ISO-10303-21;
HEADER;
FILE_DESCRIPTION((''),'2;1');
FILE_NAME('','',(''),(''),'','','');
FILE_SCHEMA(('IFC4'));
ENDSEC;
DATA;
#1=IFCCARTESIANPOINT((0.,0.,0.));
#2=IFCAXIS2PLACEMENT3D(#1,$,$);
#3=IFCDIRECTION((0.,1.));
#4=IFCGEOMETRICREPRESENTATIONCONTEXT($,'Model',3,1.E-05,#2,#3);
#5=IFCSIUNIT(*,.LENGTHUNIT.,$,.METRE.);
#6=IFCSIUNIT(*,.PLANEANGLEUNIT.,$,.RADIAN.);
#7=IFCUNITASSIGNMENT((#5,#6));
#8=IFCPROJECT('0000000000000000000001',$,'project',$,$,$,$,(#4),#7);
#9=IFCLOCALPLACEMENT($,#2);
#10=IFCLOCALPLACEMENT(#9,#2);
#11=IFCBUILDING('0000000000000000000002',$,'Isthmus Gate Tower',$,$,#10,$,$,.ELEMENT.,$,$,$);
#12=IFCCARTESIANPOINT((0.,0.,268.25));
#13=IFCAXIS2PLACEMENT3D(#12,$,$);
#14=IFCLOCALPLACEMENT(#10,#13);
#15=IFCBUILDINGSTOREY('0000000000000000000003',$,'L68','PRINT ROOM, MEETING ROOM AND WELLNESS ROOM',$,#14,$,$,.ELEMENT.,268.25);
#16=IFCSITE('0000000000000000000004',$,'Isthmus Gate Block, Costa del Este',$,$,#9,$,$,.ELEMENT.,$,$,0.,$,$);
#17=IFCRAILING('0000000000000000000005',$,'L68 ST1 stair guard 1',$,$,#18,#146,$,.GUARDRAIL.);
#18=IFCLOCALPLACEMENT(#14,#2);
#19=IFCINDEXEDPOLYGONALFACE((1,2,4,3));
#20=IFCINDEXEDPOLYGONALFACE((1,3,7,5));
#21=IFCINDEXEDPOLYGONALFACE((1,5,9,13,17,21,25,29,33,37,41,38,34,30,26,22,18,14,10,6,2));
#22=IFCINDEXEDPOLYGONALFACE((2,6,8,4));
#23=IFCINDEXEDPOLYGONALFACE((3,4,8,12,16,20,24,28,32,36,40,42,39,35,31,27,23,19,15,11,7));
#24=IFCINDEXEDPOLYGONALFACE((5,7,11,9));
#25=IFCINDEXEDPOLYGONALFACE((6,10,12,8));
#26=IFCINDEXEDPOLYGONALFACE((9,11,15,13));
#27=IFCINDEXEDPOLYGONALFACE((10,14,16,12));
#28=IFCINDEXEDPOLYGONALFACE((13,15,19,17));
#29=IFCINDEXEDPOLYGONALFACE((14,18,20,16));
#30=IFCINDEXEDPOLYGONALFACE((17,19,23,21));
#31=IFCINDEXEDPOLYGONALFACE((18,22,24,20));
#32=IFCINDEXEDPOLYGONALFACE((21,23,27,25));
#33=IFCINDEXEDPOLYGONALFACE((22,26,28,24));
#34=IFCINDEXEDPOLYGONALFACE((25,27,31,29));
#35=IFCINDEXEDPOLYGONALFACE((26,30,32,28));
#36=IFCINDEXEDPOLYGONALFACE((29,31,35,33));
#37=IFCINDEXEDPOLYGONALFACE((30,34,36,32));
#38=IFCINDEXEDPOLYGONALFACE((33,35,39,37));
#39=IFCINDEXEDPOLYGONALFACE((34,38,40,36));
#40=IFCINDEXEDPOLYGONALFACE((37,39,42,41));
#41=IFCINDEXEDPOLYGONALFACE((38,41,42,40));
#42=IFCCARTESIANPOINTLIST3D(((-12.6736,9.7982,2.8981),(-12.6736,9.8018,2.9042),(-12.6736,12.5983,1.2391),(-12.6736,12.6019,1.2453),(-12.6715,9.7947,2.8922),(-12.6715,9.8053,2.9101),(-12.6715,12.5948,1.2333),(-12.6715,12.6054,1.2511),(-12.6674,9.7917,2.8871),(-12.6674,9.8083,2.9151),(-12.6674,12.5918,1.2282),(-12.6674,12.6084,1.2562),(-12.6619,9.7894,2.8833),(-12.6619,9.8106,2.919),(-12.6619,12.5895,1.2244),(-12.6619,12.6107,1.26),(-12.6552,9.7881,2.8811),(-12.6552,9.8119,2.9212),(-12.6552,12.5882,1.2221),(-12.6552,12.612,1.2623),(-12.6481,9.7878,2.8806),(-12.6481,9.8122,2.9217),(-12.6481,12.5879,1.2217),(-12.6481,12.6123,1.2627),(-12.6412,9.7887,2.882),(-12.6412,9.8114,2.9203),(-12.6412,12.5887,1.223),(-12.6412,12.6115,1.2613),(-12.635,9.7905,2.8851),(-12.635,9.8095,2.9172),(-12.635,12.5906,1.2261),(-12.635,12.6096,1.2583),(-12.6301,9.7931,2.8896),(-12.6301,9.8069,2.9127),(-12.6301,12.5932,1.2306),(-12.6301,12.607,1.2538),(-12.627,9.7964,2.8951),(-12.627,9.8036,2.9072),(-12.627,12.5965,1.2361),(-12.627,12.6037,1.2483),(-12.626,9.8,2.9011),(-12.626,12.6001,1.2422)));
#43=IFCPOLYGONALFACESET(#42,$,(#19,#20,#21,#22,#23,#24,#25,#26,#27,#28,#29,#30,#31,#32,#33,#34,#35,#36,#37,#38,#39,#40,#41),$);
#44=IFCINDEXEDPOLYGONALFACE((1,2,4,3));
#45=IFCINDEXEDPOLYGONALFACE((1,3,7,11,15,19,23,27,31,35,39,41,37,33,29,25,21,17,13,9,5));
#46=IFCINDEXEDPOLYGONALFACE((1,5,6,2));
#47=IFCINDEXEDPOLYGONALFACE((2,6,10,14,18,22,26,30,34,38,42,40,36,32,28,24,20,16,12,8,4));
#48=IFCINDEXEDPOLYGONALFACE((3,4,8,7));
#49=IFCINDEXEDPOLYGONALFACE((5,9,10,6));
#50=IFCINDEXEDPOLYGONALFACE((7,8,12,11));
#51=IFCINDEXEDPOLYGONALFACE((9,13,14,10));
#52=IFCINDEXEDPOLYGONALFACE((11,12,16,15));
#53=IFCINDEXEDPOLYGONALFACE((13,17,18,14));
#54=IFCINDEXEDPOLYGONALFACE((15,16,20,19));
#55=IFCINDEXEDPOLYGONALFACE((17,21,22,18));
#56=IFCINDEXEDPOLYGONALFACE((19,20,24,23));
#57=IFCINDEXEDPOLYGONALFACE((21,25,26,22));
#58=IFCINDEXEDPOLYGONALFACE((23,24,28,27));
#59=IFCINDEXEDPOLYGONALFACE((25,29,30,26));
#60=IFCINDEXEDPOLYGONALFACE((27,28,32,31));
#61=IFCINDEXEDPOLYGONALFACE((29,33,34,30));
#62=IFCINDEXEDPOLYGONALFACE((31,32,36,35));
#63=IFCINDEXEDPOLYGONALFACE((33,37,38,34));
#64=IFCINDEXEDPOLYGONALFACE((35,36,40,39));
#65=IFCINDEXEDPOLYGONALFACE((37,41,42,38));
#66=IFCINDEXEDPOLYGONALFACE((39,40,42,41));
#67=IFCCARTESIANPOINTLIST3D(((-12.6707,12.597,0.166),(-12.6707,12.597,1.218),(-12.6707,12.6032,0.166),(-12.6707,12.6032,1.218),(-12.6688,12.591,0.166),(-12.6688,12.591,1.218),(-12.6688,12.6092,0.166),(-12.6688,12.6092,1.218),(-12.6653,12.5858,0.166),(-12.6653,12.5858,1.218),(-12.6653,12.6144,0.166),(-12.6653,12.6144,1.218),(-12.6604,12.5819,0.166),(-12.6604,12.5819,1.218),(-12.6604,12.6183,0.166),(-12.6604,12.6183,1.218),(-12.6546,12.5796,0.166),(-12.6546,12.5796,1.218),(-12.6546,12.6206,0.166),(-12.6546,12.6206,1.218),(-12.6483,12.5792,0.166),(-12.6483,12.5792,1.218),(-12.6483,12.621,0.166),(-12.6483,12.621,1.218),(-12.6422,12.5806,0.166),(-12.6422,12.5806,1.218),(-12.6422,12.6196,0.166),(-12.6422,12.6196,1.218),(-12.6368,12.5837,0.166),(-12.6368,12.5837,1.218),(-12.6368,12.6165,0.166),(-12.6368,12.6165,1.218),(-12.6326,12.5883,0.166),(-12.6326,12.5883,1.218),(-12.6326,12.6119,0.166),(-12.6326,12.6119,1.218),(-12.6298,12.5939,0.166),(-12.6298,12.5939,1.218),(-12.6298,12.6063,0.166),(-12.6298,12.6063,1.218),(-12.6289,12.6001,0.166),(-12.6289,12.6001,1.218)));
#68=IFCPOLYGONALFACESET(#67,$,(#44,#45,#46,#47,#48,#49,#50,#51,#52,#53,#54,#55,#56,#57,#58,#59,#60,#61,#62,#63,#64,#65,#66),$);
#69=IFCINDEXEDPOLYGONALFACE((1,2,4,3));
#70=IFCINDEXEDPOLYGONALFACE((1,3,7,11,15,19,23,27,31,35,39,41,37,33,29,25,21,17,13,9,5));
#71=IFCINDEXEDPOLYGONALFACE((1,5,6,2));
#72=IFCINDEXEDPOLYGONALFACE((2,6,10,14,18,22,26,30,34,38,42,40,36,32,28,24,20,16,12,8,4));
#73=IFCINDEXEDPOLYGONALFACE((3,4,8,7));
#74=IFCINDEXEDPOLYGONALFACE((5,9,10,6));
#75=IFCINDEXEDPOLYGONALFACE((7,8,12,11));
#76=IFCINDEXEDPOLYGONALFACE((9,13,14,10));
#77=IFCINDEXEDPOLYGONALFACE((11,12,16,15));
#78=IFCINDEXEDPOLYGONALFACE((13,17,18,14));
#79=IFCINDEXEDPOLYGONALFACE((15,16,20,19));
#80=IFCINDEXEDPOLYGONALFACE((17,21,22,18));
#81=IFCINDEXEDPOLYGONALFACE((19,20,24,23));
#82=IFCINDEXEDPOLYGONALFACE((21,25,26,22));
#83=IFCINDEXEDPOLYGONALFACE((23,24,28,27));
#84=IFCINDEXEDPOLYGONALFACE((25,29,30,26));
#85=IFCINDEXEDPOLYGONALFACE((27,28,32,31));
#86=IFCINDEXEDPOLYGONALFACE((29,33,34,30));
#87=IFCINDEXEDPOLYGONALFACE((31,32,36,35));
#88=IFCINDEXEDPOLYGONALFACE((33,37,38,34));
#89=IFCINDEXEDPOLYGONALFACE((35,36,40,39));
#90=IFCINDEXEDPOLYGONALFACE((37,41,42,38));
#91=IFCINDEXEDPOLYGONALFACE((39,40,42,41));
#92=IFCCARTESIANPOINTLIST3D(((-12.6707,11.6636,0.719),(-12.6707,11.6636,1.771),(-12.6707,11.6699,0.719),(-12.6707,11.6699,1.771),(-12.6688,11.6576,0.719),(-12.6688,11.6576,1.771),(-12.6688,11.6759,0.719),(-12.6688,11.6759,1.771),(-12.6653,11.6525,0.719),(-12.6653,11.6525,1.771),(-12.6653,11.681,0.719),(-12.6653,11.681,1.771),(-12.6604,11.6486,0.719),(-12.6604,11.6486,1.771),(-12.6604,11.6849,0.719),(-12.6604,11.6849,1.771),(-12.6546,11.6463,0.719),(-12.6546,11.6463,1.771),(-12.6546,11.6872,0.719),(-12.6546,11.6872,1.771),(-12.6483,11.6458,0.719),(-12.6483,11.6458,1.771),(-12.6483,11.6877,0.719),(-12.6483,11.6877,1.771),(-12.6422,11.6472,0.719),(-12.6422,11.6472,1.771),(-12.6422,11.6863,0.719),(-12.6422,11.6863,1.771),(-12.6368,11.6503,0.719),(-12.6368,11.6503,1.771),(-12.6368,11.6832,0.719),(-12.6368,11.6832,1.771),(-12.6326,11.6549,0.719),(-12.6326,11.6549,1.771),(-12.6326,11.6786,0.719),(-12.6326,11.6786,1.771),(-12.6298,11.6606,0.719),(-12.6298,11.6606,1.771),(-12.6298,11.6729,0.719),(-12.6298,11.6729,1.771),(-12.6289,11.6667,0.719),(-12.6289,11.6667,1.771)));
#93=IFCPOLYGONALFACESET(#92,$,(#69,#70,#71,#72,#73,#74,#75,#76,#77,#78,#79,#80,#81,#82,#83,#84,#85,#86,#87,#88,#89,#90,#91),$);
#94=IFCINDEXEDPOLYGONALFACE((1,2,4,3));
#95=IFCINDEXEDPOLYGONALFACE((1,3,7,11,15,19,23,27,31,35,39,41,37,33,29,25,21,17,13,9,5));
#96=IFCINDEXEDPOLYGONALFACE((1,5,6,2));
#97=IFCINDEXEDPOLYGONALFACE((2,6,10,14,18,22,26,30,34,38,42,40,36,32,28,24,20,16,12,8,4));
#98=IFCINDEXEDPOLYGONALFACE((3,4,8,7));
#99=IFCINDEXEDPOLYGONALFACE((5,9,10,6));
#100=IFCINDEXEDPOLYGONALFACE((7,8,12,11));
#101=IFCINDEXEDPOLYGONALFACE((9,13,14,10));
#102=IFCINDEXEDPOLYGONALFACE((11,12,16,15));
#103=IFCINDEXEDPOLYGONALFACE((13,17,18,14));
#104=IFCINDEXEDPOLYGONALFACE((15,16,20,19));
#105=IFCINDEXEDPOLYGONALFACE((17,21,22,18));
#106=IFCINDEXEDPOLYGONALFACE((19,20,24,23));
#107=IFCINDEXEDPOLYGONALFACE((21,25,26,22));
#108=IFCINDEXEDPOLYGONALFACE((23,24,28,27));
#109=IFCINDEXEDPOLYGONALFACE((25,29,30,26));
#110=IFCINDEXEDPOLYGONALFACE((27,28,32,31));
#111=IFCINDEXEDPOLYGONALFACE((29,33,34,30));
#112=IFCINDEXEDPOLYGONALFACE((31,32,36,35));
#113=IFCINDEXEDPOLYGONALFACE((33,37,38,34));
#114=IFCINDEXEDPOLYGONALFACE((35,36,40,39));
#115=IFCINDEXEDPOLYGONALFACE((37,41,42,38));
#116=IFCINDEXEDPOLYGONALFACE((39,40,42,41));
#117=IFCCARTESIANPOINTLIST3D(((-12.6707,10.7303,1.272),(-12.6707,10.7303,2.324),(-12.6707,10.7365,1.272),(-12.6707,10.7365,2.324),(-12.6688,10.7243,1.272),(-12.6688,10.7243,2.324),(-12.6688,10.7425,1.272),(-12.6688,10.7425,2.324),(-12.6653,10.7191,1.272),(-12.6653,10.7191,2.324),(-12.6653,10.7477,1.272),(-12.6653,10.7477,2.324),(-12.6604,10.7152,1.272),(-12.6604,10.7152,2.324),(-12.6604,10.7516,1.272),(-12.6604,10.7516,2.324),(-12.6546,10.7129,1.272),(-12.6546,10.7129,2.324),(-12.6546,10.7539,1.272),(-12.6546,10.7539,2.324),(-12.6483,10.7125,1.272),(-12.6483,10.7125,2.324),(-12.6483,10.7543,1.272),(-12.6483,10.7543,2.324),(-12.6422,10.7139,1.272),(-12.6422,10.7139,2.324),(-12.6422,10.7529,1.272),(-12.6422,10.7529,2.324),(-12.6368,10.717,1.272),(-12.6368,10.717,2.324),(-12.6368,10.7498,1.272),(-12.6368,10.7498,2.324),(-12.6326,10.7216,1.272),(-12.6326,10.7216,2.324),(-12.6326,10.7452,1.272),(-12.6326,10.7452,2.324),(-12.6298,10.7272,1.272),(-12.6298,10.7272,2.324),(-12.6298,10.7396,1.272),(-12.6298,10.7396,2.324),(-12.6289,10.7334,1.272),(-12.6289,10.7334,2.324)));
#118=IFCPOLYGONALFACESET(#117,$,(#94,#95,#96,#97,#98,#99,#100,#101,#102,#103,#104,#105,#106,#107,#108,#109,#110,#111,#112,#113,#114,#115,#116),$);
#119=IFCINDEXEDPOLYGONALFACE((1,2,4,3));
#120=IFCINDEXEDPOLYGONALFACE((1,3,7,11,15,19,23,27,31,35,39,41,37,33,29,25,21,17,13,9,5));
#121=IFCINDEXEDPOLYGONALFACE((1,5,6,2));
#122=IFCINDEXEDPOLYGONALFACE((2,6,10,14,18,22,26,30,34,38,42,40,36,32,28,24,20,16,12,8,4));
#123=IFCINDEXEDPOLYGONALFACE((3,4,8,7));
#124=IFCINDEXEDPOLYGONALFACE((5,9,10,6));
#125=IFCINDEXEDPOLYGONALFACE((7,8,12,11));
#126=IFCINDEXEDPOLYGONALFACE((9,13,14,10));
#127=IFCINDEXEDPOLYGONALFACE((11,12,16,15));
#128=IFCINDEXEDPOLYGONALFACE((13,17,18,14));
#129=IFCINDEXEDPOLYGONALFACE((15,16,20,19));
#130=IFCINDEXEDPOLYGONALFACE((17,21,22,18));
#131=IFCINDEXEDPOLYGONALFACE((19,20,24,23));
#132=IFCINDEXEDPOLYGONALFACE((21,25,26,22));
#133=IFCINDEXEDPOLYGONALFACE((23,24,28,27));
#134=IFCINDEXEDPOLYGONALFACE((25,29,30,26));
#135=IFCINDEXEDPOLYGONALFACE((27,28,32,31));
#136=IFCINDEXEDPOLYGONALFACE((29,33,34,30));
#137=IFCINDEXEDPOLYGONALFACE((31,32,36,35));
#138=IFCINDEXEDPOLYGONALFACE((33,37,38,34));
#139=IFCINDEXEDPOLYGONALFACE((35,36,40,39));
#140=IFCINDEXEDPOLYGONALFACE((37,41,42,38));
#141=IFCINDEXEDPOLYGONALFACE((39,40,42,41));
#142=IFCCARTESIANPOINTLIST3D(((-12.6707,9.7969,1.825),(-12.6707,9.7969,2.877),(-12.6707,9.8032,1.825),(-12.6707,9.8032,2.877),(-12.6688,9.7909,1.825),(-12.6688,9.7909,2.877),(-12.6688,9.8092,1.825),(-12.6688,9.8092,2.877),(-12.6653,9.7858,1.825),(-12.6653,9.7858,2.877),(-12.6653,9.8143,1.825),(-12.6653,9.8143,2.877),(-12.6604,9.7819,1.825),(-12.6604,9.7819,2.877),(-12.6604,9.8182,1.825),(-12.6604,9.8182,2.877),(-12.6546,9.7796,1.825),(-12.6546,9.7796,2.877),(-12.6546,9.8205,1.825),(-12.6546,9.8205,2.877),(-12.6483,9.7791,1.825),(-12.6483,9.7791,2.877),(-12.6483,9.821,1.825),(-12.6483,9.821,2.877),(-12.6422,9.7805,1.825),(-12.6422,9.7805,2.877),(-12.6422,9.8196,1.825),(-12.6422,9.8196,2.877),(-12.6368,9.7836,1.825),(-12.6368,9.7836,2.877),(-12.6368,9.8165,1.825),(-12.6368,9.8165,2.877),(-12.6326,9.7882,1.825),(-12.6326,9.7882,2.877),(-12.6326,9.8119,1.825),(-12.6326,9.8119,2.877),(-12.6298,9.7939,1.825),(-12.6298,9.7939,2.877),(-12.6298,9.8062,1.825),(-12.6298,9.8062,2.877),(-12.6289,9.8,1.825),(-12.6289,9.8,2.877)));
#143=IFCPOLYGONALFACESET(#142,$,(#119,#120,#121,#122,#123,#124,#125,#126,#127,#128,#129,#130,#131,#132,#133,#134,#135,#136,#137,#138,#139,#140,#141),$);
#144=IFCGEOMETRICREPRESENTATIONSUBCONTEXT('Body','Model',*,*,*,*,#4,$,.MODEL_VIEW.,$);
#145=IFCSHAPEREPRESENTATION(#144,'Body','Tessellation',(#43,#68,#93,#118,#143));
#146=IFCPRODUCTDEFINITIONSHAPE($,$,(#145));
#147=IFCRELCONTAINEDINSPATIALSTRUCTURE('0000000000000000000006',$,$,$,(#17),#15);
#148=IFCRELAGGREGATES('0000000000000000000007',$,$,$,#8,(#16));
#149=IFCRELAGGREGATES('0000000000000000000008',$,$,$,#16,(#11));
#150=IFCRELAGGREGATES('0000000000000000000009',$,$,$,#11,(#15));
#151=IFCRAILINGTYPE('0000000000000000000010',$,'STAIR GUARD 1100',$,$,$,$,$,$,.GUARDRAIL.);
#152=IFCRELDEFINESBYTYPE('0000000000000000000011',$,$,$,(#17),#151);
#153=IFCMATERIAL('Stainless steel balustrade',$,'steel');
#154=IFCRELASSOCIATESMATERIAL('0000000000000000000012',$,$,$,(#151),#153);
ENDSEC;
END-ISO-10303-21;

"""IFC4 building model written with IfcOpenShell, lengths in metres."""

from ifc_helpers import new_model, si_unit, direction, frame, origin, origin_2d, place, context, subcontext, project, spatial, circle, extrude, material, type_object, element, save


model = new_model("IFC4")

# Units and contexts
model_context = context("Model", 3, precision=1e-05, world=origin(), true_north=direction((0.0, 1.0)))
body_context = subcontext(model_context, "Body", "Model", "MODEL_VIEW")
ifc_project = project(units=[si_unit("LENGTHUNIT", "METRE"), si_unit("PLANEANGLEUNIT", "RADIAN")], contexts=[model_context])

# Site, building, storey
site_placement = place(None, origin())
site = spatial("IfcSite", under=ifc_project, at=site_placement, Name="Isthmus Gate Block, Costa del Este", CompositionType="ELEMENT", RefElevation=0.0)
building_placement = place(site_placement, origin())
building = spatial("IfcBuilding", under=site, at=building_placement, Name="Isthmus Gate Tower", CompositionType="ELEMENT")
storey_placement = place(building_placement, frame((0.0, 0.0, 268.25)))
storey = spatial("IfcBuildingStorey", under=building, at=storey_placement, Name="L68", Description="PRINT ROOM, MEETING ROOM AND WELLNESS ROOM", CompositionType="ELEMENT", Elevation=268.25)

# Railing
ifc_material_1 = material(Name="Stainless steel balustrade", Category="steel")
railing_type_1 = type_object("IfcRailingType", Name="STAIR GUARD 1100", PredefinedType="GUARDRAIL", material=ifc_material_1)
railing_1_placement = place(storey_placement, frame((-12.6499, 12.6001, 0.166)))
element("IfcRailing", 1, at=railing_1_placement, inside=storey, type_object=railing_type_1, Name="L68 ST1 stair guard 1", PredefinedType="GUARDRAIL", context=body_context, shape_type="SweptSolid", body=[
    extrude(circle(Radius=0.0239, at=origin_2d()), frame((0.0, 0.0, 1.0762), z_axis=(0.0, -0.860339, 0.509722), x_axis=(1.0, 0.0, 0.0)), (0.0, 0.0, 1.0), 3.2546),
    extrude(circle(Radius=0.021, at=origin_2d()), origin(), (0.0, 0.0, 1.0), 1.052),
    extrude(circle(Radius=0.021, at=origin_2d()), frame((0.0, -0.9333, 0.553)), (0.0, 0.0, 1.0), 1.052),
    extrude(circle(Radius=0.021, at=origin_2d()), frame((0.0, -1.8667, 1.106)), (0.0, 0.0, 1.0), 1.052),
    extrude(circle(Radius=0.021, at=origin_2d()), frame((0.0, -2.8, 1.6589)), (0.0, 0.0, 1.0), 1.052),
])

save(model, "model.ifc")
